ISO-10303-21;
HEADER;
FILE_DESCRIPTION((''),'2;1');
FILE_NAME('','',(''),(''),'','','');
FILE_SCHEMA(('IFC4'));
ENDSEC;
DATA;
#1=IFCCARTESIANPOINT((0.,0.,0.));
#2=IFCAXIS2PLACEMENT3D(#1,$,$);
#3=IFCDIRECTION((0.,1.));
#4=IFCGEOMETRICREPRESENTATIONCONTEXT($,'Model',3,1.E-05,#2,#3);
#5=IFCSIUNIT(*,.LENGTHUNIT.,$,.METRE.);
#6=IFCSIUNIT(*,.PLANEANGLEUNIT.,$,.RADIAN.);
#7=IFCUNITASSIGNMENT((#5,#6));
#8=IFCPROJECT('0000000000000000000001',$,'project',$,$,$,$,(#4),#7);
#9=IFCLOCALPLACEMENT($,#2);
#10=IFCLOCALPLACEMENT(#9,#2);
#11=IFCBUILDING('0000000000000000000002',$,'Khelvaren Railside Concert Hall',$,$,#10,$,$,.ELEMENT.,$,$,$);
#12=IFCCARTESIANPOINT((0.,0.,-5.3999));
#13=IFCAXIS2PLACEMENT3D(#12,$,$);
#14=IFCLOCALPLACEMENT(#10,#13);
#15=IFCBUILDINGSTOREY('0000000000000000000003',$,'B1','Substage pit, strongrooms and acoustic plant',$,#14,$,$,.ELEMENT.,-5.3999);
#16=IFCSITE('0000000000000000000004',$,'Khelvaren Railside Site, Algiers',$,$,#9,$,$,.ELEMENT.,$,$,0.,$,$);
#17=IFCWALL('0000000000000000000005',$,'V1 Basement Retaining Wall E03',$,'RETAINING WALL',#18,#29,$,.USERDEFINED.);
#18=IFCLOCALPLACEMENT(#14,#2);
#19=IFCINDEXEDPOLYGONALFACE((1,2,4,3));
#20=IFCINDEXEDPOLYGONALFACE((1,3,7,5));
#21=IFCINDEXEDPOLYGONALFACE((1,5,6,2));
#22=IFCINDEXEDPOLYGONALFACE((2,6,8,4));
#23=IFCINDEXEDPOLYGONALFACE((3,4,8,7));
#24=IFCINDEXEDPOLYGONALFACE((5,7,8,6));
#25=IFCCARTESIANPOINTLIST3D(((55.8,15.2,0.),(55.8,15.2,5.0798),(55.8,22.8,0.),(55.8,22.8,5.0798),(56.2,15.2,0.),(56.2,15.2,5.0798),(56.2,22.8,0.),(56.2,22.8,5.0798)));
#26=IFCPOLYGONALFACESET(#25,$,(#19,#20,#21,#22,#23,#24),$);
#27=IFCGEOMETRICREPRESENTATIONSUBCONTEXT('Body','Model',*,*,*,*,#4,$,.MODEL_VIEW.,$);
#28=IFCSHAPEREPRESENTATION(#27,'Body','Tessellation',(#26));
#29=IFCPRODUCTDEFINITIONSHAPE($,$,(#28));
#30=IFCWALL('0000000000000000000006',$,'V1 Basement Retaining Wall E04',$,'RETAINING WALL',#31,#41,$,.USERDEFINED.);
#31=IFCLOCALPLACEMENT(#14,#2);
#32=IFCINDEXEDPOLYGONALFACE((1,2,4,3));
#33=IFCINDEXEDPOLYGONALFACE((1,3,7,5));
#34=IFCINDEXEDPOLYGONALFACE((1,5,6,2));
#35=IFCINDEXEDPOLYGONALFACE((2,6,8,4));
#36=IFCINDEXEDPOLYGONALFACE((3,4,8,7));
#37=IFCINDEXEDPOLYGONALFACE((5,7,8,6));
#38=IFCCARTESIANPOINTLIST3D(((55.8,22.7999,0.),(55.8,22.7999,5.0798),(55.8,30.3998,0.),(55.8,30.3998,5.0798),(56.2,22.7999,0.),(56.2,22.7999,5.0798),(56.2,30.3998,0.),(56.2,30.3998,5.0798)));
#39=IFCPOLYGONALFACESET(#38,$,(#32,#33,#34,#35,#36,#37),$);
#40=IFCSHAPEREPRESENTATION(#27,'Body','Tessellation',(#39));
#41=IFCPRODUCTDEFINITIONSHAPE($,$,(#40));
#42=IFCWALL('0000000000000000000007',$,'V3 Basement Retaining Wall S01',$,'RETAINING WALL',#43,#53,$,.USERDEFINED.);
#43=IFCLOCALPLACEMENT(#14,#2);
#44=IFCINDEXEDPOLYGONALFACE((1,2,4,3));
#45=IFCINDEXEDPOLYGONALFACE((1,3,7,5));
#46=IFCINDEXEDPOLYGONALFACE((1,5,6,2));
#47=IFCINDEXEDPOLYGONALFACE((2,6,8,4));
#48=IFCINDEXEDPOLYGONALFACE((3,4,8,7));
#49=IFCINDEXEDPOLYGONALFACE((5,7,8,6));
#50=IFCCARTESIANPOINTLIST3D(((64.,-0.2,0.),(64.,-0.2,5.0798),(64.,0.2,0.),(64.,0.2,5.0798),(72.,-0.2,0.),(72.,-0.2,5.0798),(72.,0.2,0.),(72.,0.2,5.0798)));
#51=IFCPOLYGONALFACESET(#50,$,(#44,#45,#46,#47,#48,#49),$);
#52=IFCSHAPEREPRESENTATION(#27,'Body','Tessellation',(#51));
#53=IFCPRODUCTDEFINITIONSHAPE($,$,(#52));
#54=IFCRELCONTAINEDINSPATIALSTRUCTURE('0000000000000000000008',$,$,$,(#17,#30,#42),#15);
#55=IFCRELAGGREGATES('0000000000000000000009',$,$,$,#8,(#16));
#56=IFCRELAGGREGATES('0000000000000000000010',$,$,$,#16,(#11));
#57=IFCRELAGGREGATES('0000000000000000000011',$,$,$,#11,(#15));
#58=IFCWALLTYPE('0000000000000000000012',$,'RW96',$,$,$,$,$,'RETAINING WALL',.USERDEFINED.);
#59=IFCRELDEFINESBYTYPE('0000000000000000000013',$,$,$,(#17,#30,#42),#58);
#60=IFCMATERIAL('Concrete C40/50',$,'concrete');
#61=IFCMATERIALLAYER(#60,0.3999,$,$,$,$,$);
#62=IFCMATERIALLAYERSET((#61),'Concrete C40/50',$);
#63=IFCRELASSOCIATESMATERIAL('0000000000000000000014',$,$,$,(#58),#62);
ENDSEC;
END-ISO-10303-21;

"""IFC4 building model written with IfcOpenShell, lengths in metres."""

from ifc_helpers import new_model, si_unit, direction, frame, frame_2d, origin, place, context, subcontext, project, spatial, rectangle, extrude, material, layer, layer_set, type_object, element, save


model = new_model("IFC4")

# Units and contexts
model_context = context("Model", 3, precision=1e-05, world=origin(), true_north=direction((0.0, 1.0)))
body_context = subcontext(model_context, "Body", "Model", "MODEL_VIEW")
ifc_project = project(units=[si_unit("LENGTHUNIT", "METRE"), si_unit("PLANEANGLEUNIT", "RADIAN")], contexts=[model_context])

# Site, building, storey
site_placement = place(None, origin())
site = spatial("IfcSite", under=ifc_project, at=site_placement, Name="Khelvaren Railside Site, Algiers", CompositionType="ELEMENT", RefElevation=0.0)
building_placement = place(site_placement, origin())
building = spatial("IfcBuilding", under=site, at=building_placement, Name="Khelvaren Railside Concert Hall", CompositionType="ELEMENT")
storey_placement = place(building_placement, frame((0.0, 0.0, -5.3999)))
storey = spatial("IfcBuildingStorey", under=building, at=storey_placement, Name="B1", Description="Substage pit, strongrooms and acoustic plant", CompositionType="ELEMENT", Elevation=-5.3999)

# Shared definitions
ifc_material_1 = material(Name="Concrete C40/50", Category="concrete")

# Walls
ifc_layer_1 = layer(ifc_material_1, 0.3999)
ifc_layer_set_1 = layer_set([ifc_layer_1], Name="Concrete C40/50")
wall_type_1 = type_object("IfcWallType", Name="RW96", ElementType="RETAINING WALL", PredefinedType="USERDEFINED", material=ifc_layer_set_1)
wall_1_placement = place(storey_placement, frame((56.0, 15.2, 0.0), z_axis=(0.0, 0.0, 1.0), x_axis=(0.0, 1.0, 0.0)))
element("IfcWall", 1, at=wall_1_placement, inside=storey, type_object=wall_type_1, Name="V1 Basement Retaining Wall E03", ObjectType="RETAINING WALL", PredefinedType="USERDEFINED", context=body_context, shape_type="SweptSolid", body=[
    extrude(rectangle(XDim=7.6001, YDim=0.3999, at=frame_2d((3.8, 0.0))), origin(), (0.0, 0.0, 1.0), 5.0798),
])
wall_2_placement = place(storey_placement, frame((56.0, 22.8, 0.0), z_axis=(0.0, 0.0, 1.0), x_axis=(0.0, 1.0, 0.0)))
element("IfcWall", 2, at=wall_2_placement, inside=storey, type_object=wall_type_1, Name="V1 Basement Retaining Wall E04", ObjectType="RETAINING WALL", PredefinedType="USERDEFINED", context=body_context, shape_type="SweptSolid", body=[
    extrude(rectangle(XDim=7.5999, YDim=0.3999, at=frame_2d((3.7998, 0.0))), origin(), (0.0, 0.0, 1.0), 5.0798),
])
wall_3_placement = place(storey_placement, frame((64.0, 0.0, 0.0), z_axis=(0.0, 0.0, 1.0), x_axis=(1.0, 0.0, 0.0)))
element("IfcWall", 3, at=wall_3_placement, inside=storey, type_object=wall_type_1, Name="V3 Basement Retaining Wall S01", ObjectType="RETAINING WALL", PredefinedType="USERDEFINED", context=body_context, shape_type="SweptSolid", body=[
    extrude(rectangle(XDim=8.0, YDim=0.3999, at=frame_2d((4.0, 0.0))), origin(), (0.0, 0.0, 1.0), 5.0798),
])

save(model, "model.ifc")
